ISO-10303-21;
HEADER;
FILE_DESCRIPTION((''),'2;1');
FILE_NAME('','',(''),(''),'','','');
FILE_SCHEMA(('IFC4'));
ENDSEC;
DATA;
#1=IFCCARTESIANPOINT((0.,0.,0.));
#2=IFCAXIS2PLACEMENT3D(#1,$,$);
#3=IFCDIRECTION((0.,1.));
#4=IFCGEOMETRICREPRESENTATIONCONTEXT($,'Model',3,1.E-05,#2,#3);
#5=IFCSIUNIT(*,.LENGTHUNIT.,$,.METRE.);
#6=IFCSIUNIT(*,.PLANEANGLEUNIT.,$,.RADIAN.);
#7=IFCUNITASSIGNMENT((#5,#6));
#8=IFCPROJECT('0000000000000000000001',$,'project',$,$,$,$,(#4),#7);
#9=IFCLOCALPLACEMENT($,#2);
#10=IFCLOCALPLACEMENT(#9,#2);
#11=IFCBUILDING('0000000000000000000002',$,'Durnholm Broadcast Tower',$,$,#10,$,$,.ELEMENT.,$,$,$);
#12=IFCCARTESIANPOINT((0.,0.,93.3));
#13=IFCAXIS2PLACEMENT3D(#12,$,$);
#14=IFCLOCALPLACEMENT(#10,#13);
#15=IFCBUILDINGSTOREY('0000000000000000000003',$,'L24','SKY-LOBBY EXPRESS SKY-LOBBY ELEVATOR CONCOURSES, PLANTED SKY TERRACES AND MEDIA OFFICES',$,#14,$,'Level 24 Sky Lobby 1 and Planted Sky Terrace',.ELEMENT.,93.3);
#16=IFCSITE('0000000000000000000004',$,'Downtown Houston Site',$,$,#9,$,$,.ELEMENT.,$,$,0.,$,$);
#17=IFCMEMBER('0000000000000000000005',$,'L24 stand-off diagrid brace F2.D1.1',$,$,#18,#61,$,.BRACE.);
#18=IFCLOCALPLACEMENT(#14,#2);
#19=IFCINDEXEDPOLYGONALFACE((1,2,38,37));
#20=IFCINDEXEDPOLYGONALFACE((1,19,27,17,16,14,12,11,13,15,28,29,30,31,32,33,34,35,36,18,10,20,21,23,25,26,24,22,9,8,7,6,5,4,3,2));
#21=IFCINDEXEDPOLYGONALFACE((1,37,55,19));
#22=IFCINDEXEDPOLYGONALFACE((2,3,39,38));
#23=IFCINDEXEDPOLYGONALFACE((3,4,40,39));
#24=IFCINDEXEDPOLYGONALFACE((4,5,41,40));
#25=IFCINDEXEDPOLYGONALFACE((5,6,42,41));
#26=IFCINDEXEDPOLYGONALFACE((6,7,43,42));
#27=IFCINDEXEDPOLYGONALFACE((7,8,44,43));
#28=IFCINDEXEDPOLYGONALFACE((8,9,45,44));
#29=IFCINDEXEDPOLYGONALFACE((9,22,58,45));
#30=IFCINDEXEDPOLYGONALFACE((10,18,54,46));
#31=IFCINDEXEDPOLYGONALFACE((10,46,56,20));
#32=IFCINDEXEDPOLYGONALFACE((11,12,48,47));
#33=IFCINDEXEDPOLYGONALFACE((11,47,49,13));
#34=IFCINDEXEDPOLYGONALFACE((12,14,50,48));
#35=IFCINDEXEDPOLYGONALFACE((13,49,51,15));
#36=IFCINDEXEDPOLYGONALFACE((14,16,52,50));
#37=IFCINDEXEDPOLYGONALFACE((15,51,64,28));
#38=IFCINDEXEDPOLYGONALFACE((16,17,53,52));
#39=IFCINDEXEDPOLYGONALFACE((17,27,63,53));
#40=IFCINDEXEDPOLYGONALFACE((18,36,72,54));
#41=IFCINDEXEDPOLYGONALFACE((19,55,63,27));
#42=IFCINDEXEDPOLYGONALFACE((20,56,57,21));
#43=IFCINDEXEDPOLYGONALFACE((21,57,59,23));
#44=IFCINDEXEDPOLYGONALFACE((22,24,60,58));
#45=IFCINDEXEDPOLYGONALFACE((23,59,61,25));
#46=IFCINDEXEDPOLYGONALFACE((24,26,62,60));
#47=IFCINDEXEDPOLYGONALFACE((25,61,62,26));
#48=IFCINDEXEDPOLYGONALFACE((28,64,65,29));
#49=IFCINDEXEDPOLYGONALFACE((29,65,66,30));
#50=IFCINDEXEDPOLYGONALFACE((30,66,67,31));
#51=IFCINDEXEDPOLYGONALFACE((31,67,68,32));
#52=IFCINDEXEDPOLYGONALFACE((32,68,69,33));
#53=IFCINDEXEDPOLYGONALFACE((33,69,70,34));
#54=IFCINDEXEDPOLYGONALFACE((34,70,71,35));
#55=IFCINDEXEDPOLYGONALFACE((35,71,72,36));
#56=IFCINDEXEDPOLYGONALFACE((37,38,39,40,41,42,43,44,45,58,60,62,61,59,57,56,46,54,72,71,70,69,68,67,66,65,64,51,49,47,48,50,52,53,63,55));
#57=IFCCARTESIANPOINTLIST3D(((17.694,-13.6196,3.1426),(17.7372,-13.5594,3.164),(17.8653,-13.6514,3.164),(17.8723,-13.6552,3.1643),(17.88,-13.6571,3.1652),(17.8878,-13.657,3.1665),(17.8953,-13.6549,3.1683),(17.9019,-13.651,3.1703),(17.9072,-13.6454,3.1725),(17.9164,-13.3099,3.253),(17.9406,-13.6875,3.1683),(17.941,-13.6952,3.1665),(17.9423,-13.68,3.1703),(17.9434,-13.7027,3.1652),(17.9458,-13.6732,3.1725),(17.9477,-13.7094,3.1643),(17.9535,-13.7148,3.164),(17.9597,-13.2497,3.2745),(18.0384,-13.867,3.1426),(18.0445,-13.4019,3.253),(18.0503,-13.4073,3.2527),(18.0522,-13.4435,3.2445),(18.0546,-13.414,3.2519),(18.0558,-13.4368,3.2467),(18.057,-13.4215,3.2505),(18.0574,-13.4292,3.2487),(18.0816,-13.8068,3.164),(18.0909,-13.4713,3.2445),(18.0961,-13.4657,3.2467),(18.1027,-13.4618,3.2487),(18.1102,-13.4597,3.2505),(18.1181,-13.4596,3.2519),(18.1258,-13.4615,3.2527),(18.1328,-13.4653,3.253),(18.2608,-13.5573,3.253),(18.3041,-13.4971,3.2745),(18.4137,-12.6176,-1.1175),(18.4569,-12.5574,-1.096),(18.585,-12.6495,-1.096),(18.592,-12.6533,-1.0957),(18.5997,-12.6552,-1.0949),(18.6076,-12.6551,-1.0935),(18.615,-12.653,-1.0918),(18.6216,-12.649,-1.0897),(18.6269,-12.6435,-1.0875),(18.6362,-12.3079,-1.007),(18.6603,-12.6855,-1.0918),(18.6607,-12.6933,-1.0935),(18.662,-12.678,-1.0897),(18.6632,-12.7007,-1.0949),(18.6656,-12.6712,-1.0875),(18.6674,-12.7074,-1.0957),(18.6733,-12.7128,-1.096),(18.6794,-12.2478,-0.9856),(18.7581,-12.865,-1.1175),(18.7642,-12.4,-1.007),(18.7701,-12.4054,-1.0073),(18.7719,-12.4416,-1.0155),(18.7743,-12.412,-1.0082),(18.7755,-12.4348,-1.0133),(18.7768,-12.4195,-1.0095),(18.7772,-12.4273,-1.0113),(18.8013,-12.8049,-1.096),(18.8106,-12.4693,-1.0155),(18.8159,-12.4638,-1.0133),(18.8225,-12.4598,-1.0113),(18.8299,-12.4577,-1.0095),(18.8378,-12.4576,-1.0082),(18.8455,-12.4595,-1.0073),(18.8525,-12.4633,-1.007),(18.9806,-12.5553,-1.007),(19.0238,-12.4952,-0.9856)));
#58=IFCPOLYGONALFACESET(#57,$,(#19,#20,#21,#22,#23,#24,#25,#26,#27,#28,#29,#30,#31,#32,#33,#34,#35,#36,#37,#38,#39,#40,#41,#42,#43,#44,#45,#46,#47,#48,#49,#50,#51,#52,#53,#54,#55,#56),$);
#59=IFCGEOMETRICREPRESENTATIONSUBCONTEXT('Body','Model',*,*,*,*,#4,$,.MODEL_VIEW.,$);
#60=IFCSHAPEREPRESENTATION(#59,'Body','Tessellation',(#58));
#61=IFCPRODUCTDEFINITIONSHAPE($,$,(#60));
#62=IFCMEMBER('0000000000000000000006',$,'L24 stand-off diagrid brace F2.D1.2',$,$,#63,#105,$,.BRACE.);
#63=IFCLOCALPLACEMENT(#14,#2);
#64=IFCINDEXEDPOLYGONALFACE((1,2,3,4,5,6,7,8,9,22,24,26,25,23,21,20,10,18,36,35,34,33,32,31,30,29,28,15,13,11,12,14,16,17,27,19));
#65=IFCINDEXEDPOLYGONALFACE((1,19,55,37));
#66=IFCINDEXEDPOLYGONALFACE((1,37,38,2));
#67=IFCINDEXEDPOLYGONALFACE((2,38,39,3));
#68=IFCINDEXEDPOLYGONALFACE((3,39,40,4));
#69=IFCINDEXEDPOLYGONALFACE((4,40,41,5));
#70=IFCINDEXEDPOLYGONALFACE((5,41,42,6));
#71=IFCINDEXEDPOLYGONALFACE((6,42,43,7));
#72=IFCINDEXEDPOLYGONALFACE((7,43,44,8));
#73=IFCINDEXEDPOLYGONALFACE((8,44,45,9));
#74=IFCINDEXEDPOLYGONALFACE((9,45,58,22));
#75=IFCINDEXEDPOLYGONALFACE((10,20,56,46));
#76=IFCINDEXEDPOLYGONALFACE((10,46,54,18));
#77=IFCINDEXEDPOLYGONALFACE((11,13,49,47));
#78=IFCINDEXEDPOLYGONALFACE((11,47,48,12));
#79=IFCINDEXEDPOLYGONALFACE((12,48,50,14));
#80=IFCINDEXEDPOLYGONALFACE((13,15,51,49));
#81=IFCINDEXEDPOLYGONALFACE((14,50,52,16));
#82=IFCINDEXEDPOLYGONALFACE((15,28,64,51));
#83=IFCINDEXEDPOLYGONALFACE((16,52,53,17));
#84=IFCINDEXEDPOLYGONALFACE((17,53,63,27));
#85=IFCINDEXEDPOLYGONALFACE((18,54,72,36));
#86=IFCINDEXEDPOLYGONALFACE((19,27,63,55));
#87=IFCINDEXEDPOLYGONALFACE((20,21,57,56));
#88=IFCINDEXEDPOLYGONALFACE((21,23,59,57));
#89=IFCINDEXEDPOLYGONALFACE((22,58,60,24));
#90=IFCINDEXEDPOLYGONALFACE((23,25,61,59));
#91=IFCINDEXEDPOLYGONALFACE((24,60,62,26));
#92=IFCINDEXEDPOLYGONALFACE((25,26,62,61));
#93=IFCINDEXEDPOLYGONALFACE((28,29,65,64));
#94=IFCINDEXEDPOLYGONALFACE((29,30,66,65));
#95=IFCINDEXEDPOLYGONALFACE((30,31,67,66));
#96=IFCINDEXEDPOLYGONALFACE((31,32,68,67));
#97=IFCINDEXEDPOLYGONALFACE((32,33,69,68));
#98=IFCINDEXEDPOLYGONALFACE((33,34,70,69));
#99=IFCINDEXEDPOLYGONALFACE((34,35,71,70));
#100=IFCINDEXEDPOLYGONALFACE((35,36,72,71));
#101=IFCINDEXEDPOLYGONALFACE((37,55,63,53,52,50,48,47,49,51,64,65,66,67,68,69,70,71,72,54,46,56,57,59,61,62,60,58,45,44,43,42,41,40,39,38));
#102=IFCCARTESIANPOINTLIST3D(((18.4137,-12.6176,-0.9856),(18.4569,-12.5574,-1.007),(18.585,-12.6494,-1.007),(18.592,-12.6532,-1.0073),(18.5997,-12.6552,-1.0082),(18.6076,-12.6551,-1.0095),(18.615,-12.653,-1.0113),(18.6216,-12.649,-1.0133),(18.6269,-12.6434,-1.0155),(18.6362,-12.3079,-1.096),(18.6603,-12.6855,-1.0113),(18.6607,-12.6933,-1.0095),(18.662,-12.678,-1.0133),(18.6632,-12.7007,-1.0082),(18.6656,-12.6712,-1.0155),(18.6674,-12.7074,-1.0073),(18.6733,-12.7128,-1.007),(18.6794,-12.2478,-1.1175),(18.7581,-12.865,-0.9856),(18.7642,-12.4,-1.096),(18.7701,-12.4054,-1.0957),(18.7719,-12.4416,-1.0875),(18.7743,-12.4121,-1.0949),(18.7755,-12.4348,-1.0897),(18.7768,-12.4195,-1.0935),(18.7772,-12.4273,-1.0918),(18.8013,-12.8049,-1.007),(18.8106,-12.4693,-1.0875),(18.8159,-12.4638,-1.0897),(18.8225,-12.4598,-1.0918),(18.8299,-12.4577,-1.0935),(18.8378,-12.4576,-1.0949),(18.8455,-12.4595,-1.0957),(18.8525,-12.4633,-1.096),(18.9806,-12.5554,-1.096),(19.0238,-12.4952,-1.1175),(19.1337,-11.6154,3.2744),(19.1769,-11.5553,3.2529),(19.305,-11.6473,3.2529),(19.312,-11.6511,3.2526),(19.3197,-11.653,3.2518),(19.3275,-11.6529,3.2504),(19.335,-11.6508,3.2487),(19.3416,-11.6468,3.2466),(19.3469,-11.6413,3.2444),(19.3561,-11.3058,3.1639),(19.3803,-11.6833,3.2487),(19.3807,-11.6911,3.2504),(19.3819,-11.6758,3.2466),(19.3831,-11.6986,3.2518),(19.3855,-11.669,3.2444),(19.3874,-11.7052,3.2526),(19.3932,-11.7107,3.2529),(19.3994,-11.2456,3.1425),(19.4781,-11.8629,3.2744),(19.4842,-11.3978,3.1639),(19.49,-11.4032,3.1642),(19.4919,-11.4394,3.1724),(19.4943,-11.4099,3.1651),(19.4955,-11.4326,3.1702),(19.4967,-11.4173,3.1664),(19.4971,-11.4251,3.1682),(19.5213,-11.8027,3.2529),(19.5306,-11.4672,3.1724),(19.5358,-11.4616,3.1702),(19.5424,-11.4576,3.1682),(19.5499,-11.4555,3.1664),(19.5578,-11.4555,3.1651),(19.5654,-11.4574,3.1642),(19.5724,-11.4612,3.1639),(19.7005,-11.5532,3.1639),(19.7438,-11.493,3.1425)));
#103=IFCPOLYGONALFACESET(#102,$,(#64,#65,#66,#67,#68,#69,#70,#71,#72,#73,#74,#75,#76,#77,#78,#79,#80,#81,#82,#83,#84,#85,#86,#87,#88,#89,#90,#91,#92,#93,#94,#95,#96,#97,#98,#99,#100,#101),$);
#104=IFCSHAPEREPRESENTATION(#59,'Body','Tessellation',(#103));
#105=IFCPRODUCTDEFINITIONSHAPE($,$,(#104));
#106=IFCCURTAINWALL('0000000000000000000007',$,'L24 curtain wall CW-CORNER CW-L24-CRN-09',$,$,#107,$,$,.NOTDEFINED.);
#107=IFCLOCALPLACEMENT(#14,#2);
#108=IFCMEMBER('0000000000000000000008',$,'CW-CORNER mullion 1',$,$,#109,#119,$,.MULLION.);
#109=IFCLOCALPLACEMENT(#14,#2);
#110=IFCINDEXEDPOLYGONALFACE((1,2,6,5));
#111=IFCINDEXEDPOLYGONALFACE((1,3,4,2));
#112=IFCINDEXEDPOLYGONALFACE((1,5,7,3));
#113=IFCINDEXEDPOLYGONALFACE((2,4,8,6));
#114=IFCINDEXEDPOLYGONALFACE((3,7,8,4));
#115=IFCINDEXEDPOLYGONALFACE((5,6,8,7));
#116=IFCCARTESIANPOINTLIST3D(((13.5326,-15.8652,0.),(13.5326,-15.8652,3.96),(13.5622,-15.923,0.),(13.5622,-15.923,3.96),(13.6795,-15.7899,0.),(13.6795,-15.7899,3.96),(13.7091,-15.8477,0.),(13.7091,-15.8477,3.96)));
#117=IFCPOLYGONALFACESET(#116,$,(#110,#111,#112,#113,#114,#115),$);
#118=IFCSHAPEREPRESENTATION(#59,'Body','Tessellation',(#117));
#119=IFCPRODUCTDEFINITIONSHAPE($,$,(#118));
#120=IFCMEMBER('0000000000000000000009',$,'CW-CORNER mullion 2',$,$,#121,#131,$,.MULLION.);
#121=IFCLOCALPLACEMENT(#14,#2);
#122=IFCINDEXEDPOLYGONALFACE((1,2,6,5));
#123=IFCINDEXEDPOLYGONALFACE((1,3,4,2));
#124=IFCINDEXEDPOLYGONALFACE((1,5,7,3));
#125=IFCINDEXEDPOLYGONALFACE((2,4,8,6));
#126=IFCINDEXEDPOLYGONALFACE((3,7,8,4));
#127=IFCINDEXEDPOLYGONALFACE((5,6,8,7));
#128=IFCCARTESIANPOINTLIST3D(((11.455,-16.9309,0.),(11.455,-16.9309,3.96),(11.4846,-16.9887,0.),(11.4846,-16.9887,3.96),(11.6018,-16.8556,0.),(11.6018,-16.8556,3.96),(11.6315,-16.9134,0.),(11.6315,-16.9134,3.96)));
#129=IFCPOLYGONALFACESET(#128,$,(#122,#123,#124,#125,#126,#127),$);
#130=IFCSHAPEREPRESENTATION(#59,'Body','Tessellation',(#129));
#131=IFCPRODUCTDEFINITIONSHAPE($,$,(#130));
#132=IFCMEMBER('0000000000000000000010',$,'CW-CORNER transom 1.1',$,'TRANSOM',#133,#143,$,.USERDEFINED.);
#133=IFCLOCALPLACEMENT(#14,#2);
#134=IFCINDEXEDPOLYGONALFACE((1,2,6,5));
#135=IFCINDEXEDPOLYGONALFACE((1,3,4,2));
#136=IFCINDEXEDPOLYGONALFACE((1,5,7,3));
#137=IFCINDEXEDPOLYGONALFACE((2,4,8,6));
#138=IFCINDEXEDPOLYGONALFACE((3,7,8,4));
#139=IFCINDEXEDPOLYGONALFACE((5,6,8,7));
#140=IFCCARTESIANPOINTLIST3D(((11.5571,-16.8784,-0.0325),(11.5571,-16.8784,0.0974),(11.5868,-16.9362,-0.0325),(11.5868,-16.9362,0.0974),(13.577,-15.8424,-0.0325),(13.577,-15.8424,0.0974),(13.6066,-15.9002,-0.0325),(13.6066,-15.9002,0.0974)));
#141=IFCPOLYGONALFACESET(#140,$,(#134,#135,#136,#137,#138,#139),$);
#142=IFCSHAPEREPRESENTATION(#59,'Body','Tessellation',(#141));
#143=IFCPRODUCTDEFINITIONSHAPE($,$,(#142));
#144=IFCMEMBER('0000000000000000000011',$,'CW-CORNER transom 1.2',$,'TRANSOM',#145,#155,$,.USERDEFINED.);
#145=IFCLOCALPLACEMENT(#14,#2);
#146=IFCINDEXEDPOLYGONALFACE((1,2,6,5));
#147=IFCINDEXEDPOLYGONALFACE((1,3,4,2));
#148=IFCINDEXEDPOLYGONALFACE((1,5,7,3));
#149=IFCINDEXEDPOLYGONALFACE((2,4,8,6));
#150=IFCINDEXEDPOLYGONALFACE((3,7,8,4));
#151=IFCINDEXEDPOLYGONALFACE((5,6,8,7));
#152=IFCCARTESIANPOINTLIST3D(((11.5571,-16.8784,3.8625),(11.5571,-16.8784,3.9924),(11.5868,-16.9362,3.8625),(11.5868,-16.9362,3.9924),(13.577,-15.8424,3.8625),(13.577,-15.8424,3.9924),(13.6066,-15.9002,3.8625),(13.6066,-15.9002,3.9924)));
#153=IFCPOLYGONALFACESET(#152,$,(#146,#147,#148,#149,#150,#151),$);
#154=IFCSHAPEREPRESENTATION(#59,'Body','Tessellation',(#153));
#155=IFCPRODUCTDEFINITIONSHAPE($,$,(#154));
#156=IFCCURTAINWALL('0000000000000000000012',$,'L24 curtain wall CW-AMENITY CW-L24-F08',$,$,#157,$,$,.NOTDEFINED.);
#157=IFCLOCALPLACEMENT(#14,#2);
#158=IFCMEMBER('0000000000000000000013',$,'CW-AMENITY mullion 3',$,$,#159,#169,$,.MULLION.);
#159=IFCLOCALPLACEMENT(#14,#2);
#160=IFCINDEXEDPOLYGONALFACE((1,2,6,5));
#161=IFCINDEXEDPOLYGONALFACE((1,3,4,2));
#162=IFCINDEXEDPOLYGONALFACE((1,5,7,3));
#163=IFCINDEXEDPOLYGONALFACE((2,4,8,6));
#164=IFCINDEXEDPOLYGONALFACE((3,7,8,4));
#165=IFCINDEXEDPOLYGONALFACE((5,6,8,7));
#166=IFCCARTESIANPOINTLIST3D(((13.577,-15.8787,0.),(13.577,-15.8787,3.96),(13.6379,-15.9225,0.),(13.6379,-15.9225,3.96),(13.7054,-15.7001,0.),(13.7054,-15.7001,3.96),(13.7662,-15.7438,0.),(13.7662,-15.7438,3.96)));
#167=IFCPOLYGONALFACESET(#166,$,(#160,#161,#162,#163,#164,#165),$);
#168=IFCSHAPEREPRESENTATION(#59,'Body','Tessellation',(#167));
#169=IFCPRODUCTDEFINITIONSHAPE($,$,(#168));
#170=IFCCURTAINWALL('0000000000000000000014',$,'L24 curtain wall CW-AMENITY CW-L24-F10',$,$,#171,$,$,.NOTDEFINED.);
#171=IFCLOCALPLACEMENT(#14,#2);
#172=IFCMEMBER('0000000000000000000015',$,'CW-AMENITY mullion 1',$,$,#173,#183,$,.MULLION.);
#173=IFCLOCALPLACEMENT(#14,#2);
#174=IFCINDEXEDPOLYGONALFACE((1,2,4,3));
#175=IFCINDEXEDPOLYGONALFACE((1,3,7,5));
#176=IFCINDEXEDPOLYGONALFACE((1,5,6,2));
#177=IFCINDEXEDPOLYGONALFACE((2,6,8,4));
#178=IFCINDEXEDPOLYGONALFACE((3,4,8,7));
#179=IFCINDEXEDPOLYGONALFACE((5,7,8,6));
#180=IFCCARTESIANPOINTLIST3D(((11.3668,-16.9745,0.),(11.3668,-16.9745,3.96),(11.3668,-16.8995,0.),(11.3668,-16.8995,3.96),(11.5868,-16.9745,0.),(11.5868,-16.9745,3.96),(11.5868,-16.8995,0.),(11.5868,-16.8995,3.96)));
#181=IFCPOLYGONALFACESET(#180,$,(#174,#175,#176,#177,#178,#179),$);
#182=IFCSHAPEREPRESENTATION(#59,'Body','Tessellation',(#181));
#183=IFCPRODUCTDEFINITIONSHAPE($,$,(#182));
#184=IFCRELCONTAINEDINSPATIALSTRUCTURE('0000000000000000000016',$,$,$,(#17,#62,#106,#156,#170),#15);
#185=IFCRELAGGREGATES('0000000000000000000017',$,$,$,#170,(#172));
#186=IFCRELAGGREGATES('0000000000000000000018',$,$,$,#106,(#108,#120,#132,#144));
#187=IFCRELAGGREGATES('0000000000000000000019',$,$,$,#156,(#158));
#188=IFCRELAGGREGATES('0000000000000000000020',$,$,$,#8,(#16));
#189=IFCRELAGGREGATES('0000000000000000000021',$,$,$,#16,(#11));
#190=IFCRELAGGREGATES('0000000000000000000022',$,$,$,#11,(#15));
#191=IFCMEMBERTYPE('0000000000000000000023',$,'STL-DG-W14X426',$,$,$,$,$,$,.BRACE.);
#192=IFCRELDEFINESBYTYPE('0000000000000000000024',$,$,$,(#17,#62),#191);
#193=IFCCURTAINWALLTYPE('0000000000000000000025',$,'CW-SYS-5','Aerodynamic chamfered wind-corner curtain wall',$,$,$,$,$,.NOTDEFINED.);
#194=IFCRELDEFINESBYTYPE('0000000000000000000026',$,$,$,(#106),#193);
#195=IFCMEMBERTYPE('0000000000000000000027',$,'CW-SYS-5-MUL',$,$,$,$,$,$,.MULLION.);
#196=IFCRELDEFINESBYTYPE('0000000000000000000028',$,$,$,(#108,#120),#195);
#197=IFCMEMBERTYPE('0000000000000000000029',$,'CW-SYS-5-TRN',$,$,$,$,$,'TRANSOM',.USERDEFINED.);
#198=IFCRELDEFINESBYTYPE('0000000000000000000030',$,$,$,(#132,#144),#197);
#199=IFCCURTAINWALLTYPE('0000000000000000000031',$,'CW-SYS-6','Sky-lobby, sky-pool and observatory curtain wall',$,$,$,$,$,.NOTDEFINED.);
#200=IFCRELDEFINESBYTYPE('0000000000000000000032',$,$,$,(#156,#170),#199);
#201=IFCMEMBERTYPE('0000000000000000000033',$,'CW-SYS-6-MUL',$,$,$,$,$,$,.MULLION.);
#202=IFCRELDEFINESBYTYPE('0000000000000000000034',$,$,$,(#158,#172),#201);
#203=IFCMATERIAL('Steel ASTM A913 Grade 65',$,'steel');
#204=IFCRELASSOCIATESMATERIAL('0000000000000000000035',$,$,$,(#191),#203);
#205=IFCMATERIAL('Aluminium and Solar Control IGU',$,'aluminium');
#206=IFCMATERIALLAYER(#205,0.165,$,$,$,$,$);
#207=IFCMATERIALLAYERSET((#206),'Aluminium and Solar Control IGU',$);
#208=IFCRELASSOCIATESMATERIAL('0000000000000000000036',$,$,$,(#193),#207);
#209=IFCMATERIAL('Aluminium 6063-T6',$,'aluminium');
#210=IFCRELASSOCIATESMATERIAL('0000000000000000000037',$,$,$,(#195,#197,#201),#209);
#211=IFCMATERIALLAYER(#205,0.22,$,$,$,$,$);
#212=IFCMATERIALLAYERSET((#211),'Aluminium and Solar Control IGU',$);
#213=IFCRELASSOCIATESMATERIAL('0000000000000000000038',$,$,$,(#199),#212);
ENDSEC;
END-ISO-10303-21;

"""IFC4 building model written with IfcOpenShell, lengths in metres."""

from ifc_helpers import new_model, si_unit, direction, frame, origin, origin_2d, place, context, subcontext, project, spatial, rectangle, i_section, extrude, source, transform, mapped, material, layer, layer_set, material_profile, profile_set, type_object, type_shapes, element, aggregate, save


model = new_model("IFC4")

# Units and contexts
model_context = context("Model", 3, precision=1e-05, world=origin(), true_north=direction((0.0, 1.0)))
body_context = subcontext(model_context, "Body", "Model", "MODEL_VIEW")
ifc_project = project(units=[si_unit("LENGTHUNIT", "METRE"), si_unit("PLANEANGLEUNIT", "RADIAN")], contexts=[model_context])

# Site, building, storey
site_placement = place(None, origin())
site = spatial("IfcSite", under=ifc_project, at=site_placement, Name="Downtown Houston Site", CompositionType="ELEMENT", RefElevation=0.0)
building_placement = place(site_placement, origin())
building = spatial("IfcBuilding", under=site, at=building_placement, Name="Durnholm Broadcast Tower", CompositionType="ELEMENT")
storey_placement = place(building_placement, frame((0.0, 0.0, 93.3)))
storey = spatial("IfcBuildingStorey", under=building, at=storey_placement, Name="L24", Description="SKY-LOBBY EXPRESS SKY-LOBBY ELEVATOR CONCOURSES, PLANTED SKY TERRACES AND MEDIA OFFICES", LongName="Level 24 Sky Lobby 1 and Planted Sky Terrace", CompositionType="ELEMENT", Elevation=93.3)

# Members
ifc_material_1 = material(Name="Steel ASTM A913 Grade 65", Category="steel")
ifc_material_profile_1 = material_profile(ifc_material_1, i_section(OverallWidth=0.4241, OverallDepth=0.4741, WebThickness=0.0476, FlangeThickness=0.0771, FilletRadius=0.0305, at=origin_2d()), Name="W14X426")
ifc_profile_set_1 = profile_set([ifc_material_profile_1], Name="Steel ASTM A913 Grade 65")
member_type_1 = type_object("IfcMemberType", Name="STL-DG-W14X426", PredefinedType="BRACE", material=ifc_profile_set_1)
shared_shape_1 = source(origin(), body_context, "Body", "SweptSolid", [
    extrude(i_section(OverallWidth=0.4241, OverallDepth=0.4741, WebThickness=0.0476, FlangeThickness=0.0771, FilletRadius=0.0305, at=origin_2d()), origin(), (0.0, 0.0, 1.0), 4.4351),
])
type_shapes(member_type_1, [shared_shape_1])
for number, where, z_axis, x_axis, name in (
    (1, (18.7188, -12.5564, -1.0515), (-0.162282, -0.225917, 0.960534), (0.812179, -0.583408, 0.0), "L24 stand-off diagrid brace F2.D1.1"),
    (2, (18.7188, -12.5564, -1.0515), (0.162333, 0.225968, 0.960514), (-0.812153, 0.583444, 0.0), "L24 stand-off diagrid brace F2.D1.2"),
):
    element("IfcMember", number, at=place(storey_placement, frame(where, z_axis=z_axis, x_axis=x_axis)), inside=storey, type_object=member_type_1, Name=name, PredefinedType="BRACE", context=body_context, shape_type="MappedRepresentation", body=[
        mapped(shared_shape_1, transform((0.0, 0.0, 0.0), x_axis=(1.0, 0.0, 0.0), y_axis=(0.0, 1.0, 0.0), z_axis=(0.0, 0.0, 1.0), scale=1.0)),
    ])

# Curtain wall, members
ifc_material_2 = material(Name="Aluminium and Solar Control IGU", Category="aluminium")
ifc_layer_1 = layer(ifc_material_2, 0.165)
ifc_layer_set_1 = layer_set([ifc_layer_1], Name="Aluminium and Solar Control IGU")
curtain_wall_type_1 = type_object("IfcCurtainWallType", Name="CW-SYS-5", Description="Aerodynamic chamfered wind-corner curtain wall", PredefinedType="NOTDEFINED", material=ifc_layer_set_1)
curtain_wall_1_placement = place(storey_placement, origin())
curtain_wall_1 = element("IfcCurtainWall", 3, at=curtain_wall_1_placement, inside=storey, type_object=curtain_wall_type_1, Name="L24 curtain wall CW-CORNER CW-L24-CRN-09", PredefinedType="NOTDEFINED")
ifc_material_3 = material(Name="Aluminium 6063-T6", Category="aluminium")
ifc_material_profile_2 = material_profile(ifc_material_3, rectangle(XDim=0.0649, YDim=0.165, at=origin_2d()), Name="CWM65X165")
ifc_profile_set_2 = profile_set([ifc_material_profile_2], Name="Aluminium 6063-T6")
member_type_2 = type_object("IfcMemberType", Name="CW-SYS-5-MUL", PredefinedType="MULLION", material=ifc_profile_set_2)
shared_shape_2 = source(origin(), body_context, "Body", "SweptSolid", [
    extrude(rectangle(XDim=0.0649, YDim=0.165, at=origin_2d()), origin(), (0.0, 0.0, 1.0), 3.96),
])
type_shapes(member_type_2, [shared_shape_2])
member_1_placement = place(storey_placement, frame((13.6208, -15.8564, 0.0), z_axis=(0.0, 0.0, 1.0), x_axis=(0.456373, -0.889788, 0.0)))
member_1 = element("IfcMember", 4, at=member_1_placement, type_object=member_type_2, Name="CW-CORNER mullion 1", PredefinedType="MULLION", context=body_context, shape_type="MappedRepresentation", body=[
    mapped(shared_shape_2, transform((0.0, 0.0, 0.0), x_axis=(1.0, 0.0, 0.0), y_axis=(0.0, 1.0, 0.0), z_axis=(0.0, 0.0, 1.0), scale=1.0)),
])
member_2_placement = place(storey_placement, frame((11.5432, -16.9221, 0.0), z_axis=(0.0, 0.0, 1.0), x_axis=(0.456373, -0.889788, 0.0)))
member_2 = element("IfcMember", 5, at=member_2_placement, type_object=member_type_2, Name="CW-CORNER mullion 2", PredefinedType="MULLION", context=body_context, shape_type="MappedRepresentation", body=[
    mapped(shared_shape_2, transform((0.0, 0.0, 0.0), x_axis=(1.0, 0.0, 0.0), y_axis=(0.0, 1.0, 0.0), z_axis=(0.0, 0.0, 1.0), scale=1.0)),
])
ifc_material_profile_3 = material_profile(ifc_material_3, rectangle(XDim=0.0649, YDim=0.1299, at=origin_2d()), Name="CWT65X130")
ifc_profile_set_3 = profile_set([ifc_material_profile_3], Name="Aluminium 6063-T6")
member_type_3 = type_object("IfcMemberType", Name="CW-SYS-5-TRN", ElementType="TRANSOM", PredefinedType="USERDEFINED", material=ifc_profile_set_3)
shared_shape_3 = source(origin(), body_context, "Body", "SweptSolid", [
    extrude(rectangle(XDim=0.0649, YDim=0.1299, at=origin_2d()), origin(), (0.0, 0.0, 1.0), 2.27),
])
type_shapes(member_type_3, [shared_shape_3])
member_3_placement = place(storey_placement, frame((13.5918, -15.8713, 0.0325), z_axis=(-0.889798, -0.456354, 0.0), x_axis=(0.456354, -0.889798, 0.0)))
member_3 = element("IfcMember", 6, at=member_3_placement, type_object=member_type_3, Name="CW-CORNER transom 1.1", ObjectType="TRANSOM", PredefinedType="USERDEFINED", context=body_context, shape_type="MappedRepresentation", body=[
    mapped(shared_shape_3, transform((0.0, 0.0, 0.0), x_axis=(1.0, 0.0, 0.0), y_axis=(0.0, 1.0, 0.0), z_axis=(0.0, 0.0, 1.0), scale=1.0)),
])
member_4_placement = place(storey_placement, frame((13.5918, -15.8713, 3.9275), z_axis=(-0.889798, -0.456354, 0.0), x_axis=(0.456354, -0.889798, 0.0)))
member_4 = element("IfcMember", 7, at=member_4_placement, type_object=member_type_3, Name="CW-CORNER transom 1.2", ObjectType="TRANSOM", PredefinedType="USERDEFINED", context=body_context, shape_type="MappedRepresentation", body=[
    mapped(shared_shape_3, transform((0.0, 0.0, 0.0), x_axis=(1.0, 0.0, 0.0), y_axis=(0.0, 1.0, 0.0), z_axis=(0.0, 0.0, 1.0), scale=1.0)),
])

# Curtain wall, member
ifc_layer_2 = layer(ifc_material_2, 0.22)
ifc_layer_set_2 = layer_set([ifc_layer_2], Name="Aluminium and Solar Control IGU")
curtain_wall_type_2 = type_object("IfcCurtainWallType", Name="CW-SYS-6", Description="Sky-lobby, sky-pool and observatory curtain wall", PredefinedType="NOTDEFINED", material=ifc_layer_set_2)
curtain_wall_2_placement = place(storey_placement, origin())
curtain_wall_2 = element("IfcCurtainWall", 8, at=curtain_wall_2_placement, inside=storey, type_object=curtain_wall_type_2, Name="L24 curtain wall CW-AMENITY CW-L24-F08", PredefinedType="NOTDEFINED")
ifc_material_profile_4 = material_profile(ifc_material_3, rectangle(XDim=0.075, YDim=0.22, at=origin_2d()), Name="CWM75X220")
ifc_profile_set_4 = profile_set([ifc_material_profile_4], Name="Aluminium 6063-T6")
member_type_4 = type_object("IfcMemberType", Name="CW-SYS-6-MUL", PredefinedType="MULLION", material=ifc_profile_set_4)
shared_shape_4 = source(origin(), body_context, "Body", "SweptSolid", [
    extrude(rectangle(XDim=0.075, YDim=0.22, at=origin_2d()), origin(), (0.0, 0.0, 1.0), 3.96),
])
type_shapes(member_type_4, [shared_shape_4])
member_5_placement = place(storey_placement, frame((13.6716, -15.8113, 0.0), z_axis=(0.0, 0.0, 1.0), x_axis=(0.812152, -0.583445, 0.0)))
member_5 = element("IfcMember", 9, at=member_5_placement, type_object=member_type_4, Name="CW-AMENITY mullion 3", PredefinedType="MULLION", context=body_context, shape_type="MappedRepresentation", body=[
    mapped(shared_shape_4, transform((0.0, 0.0, 0.0), x_axis=(1.0, 0.0, 0.0), y_axis=(0.0, 1.0, 0.0), z_axis=(0.0, 0.0, 1.0), scale=1.0)),
])

# Curtain wall, member
curtain_wall_3_placement = place(storey_placement, origin())
curtain_wall_3 = element("IfcCurtainWall", 10, at=curtain_wall_3_placement, inside=storey, type_object=curtain_wall_type_2, Name="L24 curtain wall CW-AMENITY CW-L24-F10", PredefinedType="NOTDEFINED")
member_6_placement = place(storey_placement, frame((11.4768, -16.937, 0.0), z_axis=(0.0, 0.0, 1.0), x_axis=(0.0, -1.0, 0.0)))
member_6 = element("IfcMember", 11, at=member_6_placement, type_object=member_type_4, Name="CW-AMENITY mullion 1", PredefinedType="MULLION", context=body_context, shape_type="MappedRepresentation", body=[
    mapped(shared_shape_4, transform((0.0, 0.0, 0.0), x_axis=(1.0, 0.0, 0.0), y_axis=(0.0, 1.0, 0.0), z_axis=(0.0, 0.0, 1.0), scale=1.0)),
])
aggregate(curtain_wall_3, [member_6])

aggregate(curtain_wall_1, [member_1, member_2, member_3, member_4])
aggregate(curtain_wall_2, [member_5])

save(model, "model.ifc")
